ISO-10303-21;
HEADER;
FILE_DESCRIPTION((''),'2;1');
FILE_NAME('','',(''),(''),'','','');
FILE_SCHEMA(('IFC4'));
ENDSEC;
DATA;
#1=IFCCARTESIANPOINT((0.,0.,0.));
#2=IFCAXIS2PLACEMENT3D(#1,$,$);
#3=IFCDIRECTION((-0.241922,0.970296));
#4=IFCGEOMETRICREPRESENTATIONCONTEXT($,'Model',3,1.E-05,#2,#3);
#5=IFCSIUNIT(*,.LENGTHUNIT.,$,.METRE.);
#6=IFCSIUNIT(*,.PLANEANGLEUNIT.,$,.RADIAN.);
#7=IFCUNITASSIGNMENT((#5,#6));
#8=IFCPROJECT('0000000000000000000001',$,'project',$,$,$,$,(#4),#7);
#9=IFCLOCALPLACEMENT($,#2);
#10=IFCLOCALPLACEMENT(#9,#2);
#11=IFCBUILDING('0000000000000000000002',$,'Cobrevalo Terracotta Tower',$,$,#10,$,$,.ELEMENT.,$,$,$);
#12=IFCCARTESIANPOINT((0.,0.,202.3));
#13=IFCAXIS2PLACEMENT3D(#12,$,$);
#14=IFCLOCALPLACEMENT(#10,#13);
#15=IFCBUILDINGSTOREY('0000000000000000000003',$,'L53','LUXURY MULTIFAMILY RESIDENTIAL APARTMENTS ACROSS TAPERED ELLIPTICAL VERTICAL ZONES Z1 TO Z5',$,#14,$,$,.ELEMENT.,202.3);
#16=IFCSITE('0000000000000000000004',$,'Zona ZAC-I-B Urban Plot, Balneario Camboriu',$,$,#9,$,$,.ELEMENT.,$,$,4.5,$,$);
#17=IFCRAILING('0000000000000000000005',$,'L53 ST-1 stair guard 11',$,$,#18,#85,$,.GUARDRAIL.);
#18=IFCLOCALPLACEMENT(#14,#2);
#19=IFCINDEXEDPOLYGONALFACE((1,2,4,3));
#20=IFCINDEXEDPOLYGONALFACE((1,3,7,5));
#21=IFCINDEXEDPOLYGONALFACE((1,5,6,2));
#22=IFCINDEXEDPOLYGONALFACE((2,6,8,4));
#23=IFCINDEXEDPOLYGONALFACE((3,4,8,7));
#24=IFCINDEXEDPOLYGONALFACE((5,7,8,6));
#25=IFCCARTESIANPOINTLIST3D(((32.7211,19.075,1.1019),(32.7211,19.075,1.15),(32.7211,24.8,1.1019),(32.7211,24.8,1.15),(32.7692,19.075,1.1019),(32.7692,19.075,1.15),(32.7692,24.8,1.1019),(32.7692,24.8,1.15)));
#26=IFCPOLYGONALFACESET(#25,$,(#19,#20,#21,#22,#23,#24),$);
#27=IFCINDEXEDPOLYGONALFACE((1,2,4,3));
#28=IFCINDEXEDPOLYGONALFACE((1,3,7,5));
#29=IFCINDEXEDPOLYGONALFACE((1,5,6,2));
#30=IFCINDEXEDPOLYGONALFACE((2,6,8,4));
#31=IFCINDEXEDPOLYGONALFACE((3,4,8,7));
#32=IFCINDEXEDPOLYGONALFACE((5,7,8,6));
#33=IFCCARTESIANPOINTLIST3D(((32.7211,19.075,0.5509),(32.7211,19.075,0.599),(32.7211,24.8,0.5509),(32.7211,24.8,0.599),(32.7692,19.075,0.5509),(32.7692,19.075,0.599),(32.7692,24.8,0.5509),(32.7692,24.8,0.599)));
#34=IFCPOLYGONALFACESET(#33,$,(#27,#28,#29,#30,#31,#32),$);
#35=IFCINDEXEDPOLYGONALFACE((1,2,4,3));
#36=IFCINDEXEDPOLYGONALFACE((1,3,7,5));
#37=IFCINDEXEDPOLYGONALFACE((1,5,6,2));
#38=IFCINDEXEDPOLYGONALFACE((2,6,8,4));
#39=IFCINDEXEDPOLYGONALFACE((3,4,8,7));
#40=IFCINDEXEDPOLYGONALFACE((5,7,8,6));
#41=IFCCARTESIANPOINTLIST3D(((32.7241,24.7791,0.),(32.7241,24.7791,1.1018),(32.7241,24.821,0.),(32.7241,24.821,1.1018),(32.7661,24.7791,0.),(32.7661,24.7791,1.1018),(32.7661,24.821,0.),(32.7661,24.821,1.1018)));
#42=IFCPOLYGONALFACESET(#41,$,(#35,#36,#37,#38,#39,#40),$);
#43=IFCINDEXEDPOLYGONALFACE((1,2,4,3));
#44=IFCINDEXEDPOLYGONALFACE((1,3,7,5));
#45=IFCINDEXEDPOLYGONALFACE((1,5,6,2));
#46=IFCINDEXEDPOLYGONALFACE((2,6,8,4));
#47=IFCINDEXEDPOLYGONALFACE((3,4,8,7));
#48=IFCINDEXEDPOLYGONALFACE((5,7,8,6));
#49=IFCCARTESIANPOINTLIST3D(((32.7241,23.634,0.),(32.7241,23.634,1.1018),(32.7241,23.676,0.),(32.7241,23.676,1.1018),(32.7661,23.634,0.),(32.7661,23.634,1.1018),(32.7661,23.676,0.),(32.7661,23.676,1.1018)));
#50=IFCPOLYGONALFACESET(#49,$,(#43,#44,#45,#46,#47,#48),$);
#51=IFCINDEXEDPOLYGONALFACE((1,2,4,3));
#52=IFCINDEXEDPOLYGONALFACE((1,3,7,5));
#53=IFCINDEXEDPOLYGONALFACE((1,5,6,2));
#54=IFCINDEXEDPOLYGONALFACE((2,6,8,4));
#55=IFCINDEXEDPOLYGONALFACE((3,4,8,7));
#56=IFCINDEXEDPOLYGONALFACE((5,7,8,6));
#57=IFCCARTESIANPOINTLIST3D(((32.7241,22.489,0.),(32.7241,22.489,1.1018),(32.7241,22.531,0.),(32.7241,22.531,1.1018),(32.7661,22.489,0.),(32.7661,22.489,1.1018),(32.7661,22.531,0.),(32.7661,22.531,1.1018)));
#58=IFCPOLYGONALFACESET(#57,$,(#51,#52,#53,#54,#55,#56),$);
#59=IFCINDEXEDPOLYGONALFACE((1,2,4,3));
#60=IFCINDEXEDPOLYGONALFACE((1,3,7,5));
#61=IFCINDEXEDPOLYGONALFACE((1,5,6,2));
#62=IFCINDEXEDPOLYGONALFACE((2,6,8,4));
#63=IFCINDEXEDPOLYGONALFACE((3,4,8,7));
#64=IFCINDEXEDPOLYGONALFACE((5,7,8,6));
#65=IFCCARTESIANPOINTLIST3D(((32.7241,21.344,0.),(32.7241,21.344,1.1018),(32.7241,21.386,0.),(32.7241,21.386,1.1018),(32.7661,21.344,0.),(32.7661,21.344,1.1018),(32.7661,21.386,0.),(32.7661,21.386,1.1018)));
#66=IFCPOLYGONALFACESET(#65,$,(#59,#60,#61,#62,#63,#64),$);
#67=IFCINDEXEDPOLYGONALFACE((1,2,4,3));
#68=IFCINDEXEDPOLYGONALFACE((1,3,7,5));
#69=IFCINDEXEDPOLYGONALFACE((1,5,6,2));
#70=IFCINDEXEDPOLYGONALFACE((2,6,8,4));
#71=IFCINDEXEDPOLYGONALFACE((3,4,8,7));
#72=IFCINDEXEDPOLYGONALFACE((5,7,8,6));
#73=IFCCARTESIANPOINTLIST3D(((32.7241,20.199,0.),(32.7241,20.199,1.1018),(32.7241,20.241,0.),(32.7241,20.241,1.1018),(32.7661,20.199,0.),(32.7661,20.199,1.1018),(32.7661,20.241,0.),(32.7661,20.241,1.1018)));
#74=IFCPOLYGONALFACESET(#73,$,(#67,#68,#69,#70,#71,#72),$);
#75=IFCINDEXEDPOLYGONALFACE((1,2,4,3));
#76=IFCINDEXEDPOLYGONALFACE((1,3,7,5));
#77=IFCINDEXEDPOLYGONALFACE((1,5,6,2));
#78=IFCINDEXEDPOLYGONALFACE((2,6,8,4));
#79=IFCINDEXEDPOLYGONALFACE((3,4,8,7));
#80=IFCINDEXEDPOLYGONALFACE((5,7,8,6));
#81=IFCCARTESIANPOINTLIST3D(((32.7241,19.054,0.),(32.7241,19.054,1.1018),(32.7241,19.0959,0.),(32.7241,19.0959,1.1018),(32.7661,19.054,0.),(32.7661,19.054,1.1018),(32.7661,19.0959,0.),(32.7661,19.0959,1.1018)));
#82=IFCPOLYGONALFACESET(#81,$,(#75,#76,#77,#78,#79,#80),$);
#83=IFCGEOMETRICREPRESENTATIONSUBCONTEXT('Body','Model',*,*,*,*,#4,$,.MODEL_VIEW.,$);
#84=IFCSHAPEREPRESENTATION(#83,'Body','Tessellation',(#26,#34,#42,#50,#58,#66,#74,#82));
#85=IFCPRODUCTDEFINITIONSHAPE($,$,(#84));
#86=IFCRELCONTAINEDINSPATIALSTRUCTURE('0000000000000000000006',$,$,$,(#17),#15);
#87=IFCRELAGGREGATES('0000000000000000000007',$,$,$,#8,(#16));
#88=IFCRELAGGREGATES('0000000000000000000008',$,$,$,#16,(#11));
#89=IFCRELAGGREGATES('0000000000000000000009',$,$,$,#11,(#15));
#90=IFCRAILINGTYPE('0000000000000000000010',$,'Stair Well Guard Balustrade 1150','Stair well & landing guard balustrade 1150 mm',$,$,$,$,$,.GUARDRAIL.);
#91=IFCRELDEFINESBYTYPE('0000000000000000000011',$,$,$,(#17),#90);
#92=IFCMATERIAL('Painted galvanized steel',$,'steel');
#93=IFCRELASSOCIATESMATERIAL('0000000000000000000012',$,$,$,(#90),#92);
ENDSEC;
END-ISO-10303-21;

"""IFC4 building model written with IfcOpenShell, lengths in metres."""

from ifc_helpers import new_model, si_unit, direction, frame, origin, origin_2d, place, context, subcontext, project, spatial, rectangle, extrude, material, type_object, element, save


model = new_model("IFC4")

# Units and contexts
model_context = context("Model", 3, precision=1e-05, world=origin(), true_north=direction((-0.241922, 0.970296)))
body_context = subcontext(model_context, "Body", "Model", "MODEL_VIEW")
ifc_project = project(units=[si_unit("LENGTHUNIT", "METRE"), si_unit("PLANEANGLEUNIT", "RADIAN")], contexts=[model_context])

# Site, building, storey
site_placement = place(None, origin())
site = spatial("IfcSite", under=ifc_project, at=site_placement, Name="Zona ZAC-I-B Urban Plot, Balneario Camboriu", CompositionType="ELEMENT", RefElevation=4.5)
building_placement = place(site_placement, origin())
building = spatial("IfcBuilding", under=site, at=building_placement, Name="Cobrevalo Terracotta Tower", CompositionType="ELEMENT")
storey_placement = place(building_placement, frame((0.0, 0.0, 202.3)))
storey = spatial("IfcBuildingStorey", under=building, at=storey_placement, Name="L53", Description="LUXURY MULTIFAMILY RESIDENTIAL APARTMENTS ACROSS TAPERED ELLIPTICAL VERTICAL ZONES Z1 TO Z5", CompositionType="ELEMENT", Elevation=202.3)

# Railing
ifc_material_1 = material(Name="Painted galvanized steel", Category="steel")
railing_type_1 = type_object("IfcRailingType", Name="Stair Well Guard Balustrade 1150", Description="Stair well & landing guard balustrade 1150 mm", PredefinedType="GUARDRAIL", material=ifc_material_1)
for number, where, name in (
    (1, (32.7451, 24.8, 0.0), "L53 ST-1 stair guard 11"),
):
    element("IfcRailing", number, at=place(storey_placement, frame(where)), inside=storey, type_object=railing_type_1, Name=name, PredefinedType="GUARDRAIL", context=body_context, shape_type="SweptSolid", body=[
        extrude(rectangle(XDim=0.0481, YDim=0.0481, at=origin_2d()), frame((0.0, 0.0, 1.126), z_axis=(0.0, -1.0, 0.0), x_axis=(1.0, 0.0, 0.0)), (0.0, 0.0, 1.0), 5.7251),
        extrude(rectangle(XDim=0.0481, YDim=0.0481, at=origin_2d()), frame((0.0, 0.0, 0.575), z_axis=(0.0, -1.0, 0.0), x_axis=(1.0, 0.0, 0.0)), (0.0, 0.0, 1.0), 5.7251),
        extrude(rectangle(XDim=0.042, YDim=0.042, at=origin_2d()), origin(), (0.0, 0.0, 1.0), 1.1018),
        extrude(rectangle(XDim=0.042, YDim=0.042, at=origin_2d()), frame((0.0, -1.145, 0.0)), (0.0, 0.0, 1.0), 1.1018),
        extrude(rectangle(XDim=0.042, YDim=0.042, at=origin_2d()), frame((0.0, -2.29, 0.0)), (0.0, 0.0, 1.0), 1.1018),
        extrude(rectangle(XDim=0.042, YDim=0.042, at=origin_2d()), frame((0.0, -3.4351, 0.0)), (0.0, 0.0, 1.0), 1.1018),
        extrude(rectangle(XDim=0.042, YDim=0.042, at=origin_2d()), frame((0.0, -4.5801, 0.0)), (0.0, 0.0, 1.0), 1.1018),
        extrude(rectangle(XDim=0.042, YDim=0.042, at=origin_2d()), frame((0.0, -5.7251, 0.0)), (0.0, 0.0, 1.0), 1.1018),
    ])

save(model, "model.ifc")
